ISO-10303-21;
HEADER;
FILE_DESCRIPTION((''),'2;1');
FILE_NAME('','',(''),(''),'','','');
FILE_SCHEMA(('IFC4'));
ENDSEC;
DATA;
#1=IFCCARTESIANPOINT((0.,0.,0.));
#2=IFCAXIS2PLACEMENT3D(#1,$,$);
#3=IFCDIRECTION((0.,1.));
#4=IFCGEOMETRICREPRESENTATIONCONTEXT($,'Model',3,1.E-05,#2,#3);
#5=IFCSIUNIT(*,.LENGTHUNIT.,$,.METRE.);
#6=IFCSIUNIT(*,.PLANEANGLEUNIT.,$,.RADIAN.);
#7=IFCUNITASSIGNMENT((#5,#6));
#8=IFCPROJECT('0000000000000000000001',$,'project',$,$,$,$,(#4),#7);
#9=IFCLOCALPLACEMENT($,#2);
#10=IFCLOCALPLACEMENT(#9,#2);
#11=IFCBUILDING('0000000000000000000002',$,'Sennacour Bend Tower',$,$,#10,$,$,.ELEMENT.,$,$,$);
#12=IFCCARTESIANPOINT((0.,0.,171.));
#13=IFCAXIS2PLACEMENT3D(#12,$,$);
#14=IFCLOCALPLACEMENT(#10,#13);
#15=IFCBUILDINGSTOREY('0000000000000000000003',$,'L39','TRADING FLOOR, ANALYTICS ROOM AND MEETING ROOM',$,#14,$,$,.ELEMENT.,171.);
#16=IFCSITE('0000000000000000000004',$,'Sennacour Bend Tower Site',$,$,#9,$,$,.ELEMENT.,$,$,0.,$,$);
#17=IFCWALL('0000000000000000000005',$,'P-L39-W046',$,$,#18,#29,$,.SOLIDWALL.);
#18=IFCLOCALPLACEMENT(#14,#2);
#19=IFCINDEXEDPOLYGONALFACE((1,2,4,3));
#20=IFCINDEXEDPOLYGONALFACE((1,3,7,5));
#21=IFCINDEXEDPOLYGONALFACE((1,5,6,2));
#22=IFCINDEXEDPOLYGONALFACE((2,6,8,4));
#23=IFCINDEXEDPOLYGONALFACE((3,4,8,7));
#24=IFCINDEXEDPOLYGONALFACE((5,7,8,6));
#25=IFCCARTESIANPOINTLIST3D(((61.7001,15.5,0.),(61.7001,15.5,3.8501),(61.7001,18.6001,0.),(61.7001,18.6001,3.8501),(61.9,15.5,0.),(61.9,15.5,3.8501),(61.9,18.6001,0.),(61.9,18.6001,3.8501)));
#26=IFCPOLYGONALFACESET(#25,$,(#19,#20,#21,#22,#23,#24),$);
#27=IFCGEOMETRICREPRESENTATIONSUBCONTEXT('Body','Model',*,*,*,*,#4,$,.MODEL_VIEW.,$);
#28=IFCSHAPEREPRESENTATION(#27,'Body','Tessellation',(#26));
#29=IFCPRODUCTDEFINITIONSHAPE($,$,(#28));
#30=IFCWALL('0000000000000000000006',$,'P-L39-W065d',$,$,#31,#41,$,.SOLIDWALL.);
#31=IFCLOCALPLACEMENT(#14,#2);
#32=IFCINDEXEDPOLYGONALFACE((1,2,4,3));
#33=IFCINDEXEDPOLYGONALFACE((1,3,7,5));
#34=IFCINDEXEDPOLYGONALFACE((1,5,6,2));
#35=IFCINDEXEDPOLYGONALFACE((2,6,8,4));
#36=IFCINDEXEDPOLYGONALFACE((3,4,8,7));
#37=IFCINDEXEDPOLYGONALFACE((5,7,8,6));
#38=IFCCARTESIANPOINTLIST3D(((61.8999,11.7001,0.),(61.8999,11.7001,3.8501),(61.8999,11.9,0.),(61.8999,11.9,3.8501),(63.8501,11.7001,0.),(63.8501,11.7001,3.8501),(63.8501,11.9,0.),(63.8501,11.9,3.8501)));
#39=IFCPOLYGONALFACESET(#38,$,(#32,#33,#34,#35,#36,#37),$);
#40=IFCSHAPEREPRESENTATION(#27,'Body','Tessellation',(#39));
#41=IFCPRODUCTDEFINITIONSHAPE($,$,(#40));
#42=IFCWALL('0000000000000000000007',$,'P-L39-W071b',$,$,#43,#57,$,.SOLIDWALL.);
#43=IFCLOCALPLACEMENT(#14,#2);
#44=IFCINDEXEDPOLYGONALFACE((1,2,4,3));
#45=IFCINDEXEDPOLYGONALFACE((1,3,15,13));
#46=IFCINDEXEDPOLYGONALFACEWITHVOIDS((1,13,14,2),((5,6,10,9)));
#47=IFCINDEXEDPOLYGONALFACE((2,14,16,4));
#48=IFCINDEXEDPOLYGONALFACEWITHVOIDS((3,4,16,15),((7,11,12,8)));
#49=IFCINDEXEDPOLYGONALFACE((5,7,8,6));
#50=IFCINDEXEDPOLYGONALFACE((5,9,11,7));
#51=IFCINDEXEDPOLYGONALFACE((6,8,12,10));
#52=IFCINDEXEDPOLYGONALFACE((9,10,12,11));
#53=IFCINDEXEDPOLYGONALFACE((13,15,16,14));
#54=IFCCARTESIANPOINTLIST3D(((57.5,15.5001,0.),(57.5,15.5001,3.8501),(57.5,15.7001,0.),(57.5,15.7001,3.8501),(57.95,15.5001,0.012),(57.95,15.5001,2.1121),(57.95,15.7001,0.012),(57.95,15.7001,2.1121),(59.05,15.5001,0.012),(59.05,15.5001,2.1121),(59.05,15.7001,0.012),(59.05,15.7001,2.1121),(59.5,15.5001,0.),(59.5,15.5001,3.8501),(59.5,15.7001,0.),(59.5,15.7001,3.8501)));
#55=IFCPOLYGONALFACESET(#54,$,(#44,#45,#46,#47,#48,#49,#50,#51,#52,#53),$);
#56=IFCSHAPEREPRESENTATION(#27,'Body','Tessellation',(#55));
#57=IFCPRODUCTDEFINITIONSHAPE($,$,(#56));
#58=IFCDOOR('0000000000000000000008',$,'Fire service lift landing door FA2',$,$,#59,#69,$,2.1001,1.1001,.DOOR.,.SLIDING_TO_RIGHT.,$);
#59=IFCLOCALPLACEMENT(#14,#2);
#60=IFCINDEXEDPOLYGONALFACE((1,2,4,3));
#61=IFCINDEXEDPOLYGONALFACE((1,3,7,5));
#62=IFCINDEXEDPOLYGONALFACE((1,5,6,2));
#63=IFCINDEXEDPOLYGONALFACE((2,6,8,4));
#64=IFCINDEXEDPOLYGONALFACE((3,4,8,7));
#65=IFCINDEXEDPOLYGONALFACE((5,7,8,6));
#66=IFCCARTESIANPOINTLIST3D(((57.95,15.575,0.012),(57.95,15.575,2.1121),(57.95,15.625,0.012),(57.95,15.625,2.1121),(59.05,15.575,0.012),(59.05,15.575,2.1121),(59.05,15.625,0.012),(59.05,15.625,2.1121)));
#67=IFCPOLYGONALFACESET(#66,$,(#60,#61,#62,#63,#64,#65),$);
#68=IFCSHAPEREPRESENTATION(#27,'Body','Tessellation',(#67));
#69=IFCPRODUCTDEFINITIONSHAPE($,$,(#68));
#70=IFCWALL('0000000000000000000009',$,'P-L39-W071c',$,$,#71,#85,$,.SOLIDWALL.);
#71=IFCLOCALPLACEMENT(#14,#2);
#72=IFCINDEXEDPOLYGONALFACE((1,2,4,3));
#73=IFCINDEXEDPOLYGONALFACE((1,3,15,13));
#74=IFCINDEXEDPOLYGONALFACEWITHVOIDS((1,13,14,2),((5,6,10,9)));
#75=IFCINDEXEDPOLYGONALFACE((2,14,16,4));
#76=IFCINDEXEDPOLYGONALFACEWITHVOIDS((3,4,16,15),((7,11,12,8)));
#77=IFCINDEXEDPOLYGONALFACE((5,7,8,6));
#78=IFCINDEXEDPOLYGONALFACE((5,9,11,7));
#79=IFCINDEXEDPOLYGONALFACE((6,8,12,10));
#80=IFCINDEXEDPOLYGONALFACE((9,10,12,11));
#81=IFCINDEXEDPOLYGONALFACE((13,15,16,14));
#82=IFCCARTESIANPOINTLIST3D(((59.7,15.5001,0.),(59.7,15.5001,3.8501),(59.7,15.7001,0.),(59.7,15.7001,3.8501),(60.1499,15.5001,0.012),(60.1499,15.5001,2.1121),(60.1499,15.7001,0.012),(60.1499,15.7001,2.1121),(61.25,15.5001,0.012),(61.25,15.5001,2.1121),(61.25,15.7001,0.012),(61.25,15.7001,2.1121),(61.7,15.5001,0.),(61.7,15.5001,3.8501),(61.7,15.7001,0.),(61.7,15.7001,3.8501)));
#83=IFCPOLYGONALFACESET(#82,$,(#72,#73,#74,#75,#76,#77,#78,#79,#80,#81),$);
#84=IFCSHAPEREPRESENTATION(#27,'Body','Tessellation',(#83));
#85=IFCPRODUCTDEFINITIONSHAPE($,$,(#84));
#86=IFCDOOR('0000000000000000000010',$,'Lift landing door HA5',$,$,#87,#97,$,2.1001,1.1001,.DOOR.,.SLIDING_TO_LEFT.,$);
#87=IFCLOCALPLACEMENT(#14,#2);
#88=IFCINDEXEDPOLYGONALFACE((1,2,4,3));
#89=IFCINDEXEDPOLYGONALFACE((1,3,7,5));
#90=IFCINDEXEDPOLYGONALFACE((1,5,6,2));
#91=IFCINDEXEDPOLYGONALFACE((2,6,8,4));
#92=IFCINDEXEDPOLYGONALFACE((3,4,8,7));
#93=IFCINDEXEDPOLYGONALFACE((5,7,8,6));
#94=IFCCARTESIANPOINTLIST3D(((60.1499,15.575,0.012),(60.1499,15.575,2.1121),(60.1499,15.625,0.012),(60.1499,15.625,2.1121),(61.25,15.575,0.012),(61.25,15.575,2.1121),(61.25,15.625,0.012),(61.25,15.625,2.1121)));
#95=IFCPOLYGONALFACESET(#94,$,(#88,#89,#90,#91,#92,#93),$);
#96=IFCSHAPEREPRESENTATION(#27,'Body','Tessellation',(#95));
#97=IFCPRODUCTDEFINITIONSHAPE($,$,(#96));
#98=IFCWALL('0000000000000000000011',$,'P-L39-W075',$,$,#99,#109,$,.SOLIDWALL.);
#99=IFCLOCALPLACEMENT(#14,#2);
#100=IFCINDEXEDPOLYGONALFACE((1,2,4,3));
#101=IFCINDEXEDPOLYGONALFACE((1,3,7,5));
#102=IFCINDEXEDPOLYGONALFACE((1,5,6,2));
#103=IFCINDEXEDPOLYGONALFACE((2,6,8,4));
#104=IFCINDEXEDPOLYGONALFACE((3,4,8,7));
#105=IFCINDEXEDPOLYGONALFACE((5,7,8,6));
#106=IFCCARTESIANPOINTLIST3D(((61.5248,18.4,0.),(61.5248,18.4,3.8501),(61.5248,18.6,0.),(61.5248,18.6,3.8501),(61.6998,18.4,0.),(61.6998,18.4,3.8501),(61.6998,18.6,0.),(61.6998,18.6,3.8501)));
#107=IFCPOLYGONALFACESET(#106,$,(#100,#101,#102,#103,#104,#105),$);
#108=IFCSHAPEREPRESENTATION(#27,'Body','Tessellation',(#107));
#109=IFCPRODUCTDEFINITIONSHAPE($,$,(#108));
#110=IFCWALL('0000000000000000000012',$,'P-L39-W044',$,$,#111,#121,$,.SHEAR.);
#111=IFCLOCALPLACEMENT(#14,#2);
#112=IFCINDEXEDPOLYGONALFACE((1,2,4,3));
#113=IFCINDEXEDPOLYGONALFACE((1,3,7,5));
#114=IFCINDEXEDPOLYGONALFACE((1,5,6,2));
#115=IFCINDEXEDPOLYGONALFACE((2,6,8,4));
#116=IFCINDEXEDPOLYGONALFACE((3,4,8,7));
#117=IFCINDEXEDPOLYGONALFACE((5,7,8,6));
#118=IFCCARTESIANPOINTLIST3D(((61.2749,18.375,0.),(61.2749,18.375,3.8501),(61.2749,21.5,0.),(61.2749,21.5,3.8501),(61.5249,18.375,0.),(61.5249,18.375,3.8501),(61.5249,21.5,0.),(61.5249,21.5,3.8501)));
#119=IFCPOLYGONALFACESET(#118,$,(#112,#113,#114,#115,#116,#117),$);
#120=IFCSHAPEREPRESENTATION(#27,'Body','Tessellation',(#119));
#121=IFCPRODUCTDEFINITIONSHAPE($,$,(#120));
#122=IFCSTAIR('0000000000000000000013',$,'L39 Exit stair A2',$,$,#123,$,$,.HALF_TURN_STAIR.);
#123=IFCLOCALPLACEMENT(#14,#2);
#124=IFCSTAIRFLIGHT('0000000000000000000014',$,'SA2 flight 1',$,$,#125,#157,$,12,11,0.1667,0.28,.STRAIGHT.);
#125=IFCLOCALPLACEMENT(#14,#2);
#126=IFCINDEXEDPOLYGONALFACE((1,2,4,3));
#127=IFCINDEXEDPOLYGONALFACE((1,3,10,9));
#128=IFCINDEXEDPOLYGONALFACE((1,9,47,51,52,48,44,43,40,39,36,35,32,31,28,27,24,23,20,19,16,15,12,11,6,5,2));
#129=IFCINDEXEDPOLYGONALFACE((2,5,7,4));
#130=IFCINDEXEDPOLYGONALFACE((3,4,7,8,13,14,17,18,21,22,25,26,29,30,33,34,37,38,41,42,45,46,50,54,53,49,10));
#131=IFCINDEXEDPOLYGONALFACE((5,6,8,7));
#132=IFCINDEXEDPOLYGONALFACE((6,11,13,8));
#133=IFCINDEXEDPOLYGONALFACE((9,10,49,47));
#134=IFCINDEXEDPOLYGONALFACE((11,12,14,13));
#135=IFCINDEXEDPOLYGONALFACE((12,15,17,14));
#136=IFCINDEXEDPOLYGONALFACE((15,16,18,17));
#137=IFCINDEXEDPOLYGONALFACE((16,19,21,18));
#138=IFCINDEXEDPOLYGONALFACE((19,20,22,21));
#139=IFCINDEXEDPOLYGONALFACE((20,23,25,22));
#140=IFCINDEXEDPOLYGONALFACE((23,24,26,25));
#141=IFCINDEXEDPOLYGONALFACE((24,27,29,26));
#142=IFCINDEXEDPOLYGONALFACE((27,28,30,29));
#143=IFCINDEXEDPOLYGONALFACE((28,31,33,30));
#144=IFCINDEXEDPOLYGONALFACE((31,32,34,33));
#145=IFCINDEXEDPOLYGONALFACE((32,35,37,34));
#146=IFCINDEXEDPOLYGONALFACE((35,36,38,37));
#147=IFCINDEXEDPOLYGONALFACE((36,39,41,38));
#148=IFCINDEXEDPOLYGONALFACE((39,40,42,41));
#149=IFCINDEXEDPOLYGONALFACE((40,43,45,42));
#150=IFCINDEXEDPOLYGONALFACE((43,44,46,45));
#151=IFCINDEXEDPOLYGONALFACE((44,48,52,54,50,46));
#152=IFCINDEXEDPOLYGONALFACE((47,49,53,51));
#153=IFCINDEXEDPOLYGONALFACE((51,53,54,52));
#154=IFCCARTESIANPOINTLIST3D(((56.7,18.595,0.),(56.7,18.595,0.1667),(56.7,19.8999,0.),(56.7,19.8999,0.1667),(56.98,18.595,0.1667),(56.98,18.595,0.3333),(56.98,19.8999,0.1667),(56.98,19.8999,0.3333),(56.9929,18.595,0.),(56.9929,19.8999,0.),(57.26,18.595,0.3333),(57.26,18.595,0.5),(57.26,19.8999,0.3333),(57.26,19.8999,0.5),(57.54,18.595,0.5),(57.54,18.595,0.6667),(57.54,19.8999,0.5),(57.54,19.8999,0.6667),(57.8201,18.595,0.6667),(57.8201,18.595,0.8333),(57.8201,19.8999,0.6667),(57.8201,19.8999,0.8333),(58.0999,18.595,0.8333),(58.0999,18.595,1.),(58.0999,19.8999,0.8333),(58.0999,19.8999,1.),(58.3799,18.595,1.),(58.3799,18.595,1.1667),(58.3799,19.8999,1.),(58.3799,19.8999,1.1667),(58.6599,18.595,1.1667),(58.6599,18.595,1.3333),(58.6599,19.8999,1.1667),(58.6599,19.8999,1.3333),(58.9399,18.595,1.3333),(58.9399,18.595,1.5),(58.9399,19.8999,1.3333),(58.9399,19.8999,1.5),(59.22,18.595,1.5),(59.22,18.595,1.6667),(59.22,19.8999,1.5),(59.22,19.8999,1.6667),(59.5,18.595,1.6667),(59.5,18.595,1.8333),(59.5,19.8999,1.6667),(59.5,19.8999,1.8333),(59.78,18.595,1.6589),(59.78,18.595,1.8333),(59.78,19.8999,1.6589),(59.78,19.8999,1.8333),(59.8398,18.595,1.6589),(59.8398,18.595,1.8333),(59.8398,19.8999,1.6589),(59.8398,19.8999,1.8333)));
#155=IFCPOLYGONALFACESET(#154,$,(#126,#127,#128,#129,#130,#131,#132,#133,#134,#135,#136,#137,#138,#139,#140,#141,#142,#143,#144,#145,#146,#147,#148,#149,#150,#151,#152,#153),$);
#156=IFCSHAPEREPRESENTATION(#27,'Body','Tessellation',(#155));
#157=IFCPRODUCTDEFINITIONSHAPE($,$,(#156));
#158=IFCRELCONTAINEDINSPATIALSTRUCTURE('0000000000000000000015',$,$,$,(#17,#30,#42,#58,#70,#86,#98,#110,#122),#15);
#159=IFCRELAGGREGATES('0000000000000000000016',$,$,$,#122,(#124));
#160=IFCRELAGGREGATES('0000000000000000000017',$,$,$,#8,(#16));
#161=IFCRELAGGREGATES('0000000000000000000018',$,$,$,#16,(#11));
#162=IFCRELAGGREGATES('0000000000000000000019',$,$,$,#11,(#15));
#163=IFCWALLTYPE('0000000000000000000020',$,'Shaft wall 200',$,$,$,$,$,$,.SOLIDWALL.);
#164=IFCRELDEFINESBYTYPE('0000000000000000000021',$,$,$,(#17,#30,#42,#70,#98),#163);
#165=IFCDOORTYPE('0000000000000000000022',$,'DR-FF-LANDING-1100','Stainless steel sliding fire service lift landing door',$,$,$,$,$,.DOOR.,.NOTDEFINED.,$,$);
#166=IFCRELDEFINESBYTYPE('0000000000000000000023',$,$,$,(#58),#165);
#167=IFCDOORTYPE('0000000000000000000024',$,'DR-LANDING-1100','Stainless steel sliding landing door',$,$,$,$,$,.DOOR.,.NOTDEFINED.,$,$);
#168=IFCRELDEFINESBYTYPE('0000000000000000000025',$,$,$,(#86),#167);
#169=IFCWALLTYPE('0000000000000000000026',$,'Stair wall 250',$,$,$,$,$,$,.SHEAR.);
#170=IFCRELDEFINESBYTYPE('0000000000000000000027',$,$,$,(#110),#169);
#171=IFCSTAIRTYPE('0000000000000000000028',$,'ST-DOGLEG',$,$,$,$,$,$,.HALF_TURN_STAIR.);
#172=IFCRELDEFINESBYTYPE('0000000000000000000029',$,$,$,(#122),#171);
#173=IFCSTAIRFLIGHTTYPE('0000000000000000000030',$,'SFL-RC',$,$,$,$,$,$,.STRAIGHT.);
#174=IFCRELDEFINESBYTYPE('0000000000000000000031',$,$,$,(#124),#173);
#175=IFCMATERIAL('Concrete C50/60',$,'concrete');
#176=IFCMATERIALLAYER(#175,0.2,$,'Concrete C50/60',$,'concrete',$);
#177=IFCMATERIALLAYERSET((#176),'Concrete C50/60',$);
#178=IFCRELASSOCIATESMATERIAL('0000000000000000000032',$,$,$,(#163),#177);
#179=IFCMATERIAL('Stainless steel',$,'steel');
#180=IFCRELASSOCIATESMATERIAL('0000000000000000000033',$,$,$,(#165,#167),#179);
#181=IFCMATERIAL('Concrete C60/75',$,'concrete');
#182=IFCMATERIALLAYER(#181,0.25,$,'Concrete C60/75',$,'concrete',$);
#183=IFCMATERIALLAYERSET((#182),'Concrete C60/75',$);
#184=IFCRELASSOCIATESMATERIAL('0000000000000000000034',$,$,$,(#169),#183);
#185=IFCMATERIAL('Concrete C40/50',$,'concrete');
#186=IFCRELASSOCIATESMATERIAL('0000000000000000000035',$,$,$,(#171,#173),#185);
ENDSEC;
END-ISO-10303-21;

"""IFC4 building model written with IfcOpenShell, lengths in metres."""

from ifc_helpers import new_model, si_unit, direction, frame, frame_2d, origin, place, context, subcontext, project, spatial, polyline, rectangle, outline, extrude, material, layer, layer_set, type_object, element, fill, aggregate, save


model = new_model("IFC4")

# Units and contexts
model_context = context("Model", 3, precision=1e-05, world=origin(), true_north=direction((0.0, 1.0)))
body_context = subcontext(model_context, "Body", "Model", "MODEL_VIEW")
ifc_project = project(units=[si_unit("LENGTHUNIT", "METRE"), si_unit("PLANEANGLEUNIT", "RADIAN")], contexts=[model_context])

# Site, building, storey
site_placement = place(None, origin())
site = spatial("IfcSite", under=ifc_project, at=site_placement, Name="Sennacour Bend Tower Site", CompositionType="ELEMENT", RefElevation=0.0)
building_placement = place(site_placement, origin())
building = spatial("IfcBuilding", under=site, at=building_placement, Name="Sennacour Bend Tower", CompositionType="ELEMENT")
storey_placement = place(building_placement, frame((0.0, 0.0, 171.0)))
storey = spatial("IfcBuildingStorey", under=building, at=storey_placement, Name="L39", Description="TRADING FLOOR, ANALYTICS ROOM AND MEETING ROOM", CompositionType="ELEMENT", Elevation=171.0)

# Walls
ifc_material_1 = material(Name="Concrete C50/60", Category="concrete")
ifc_layer_1 = layer(ifc_material_1, 0.2, Name="Concrete C50/60", Category="concrete")
ifc_layer_set_1 = layer_set([ifc_layer_1], Name="Concrete C50/60")
wall_type_1 = type_object("IfcWallType", Name="Shaft wall 200", PredefinedType="SOLIDWALL", material=ifc_layer_set_1)
wall_1_placement = place(storey_placement, frame((61.8, 15.5, 0.0), z_axis=(0.0, 0.0, 1.0), x_axis=(0.0, 1.0, 0.0)))
element("IfcWall", 1, at=wall_1_placement, inside=storey, type_object=wall_type_1, Name="P-L39-W046", PredefinedType="SOLIDWALL", context=body_context, shape_type="SweptSolid", body=[
    extrude(rectangle(XDim=3.1001, YDim=0.2, at=frame_2d((1.55, 0.0))), origin(), (0.0, 0.0, 1.0), 3.8501),
])
wall_2_placement = place(storey_placement, frame((61.8999, 11.8, 0.0), z_axis=(0.0, 0.0, 1.0), x_axis=(1.0, 0.0, 0.0)))
element("IfcWall", 2, at=wall_2_placement, inside=storey, type_object=wall_type_1, Name="P-L39-W065d", PredefinedType="SOLIDWALL", context=body_context, shape_type="SweptSolid", body=[
    extrude(rectangle(XDim=1.9502, YDim=0.2, at=frame_2d((0.9751, 0.0))), origin(), (0.0, 0.0, 1.0), 3.8501),
])

# Walls, openings, doors
wall_3_placement = place(storey_placement, frame((57.5, 15.6001, 0.0), z_axis=(0.0, 0.0, 1.0), x_axis=(1.0, 0.0, 0.0)))
wall_3 = element("IfcWall", 3, at=wall_3_placement, inside=storey, type_object=wall_type_1, Name="P-L39-W071b", PredefinedType="SOLIDWALL", context=body_context, shape_type="SweptSolid", body=[
    extrude(rectangle(XDim=2.0, YDim=0.2, at=frame_2d((1.0, 0.0))), origin(), (0.0, 0.0, 1.0), 3.8501),
])
opening_1_placement = place(wall_3_placement, frame((0.45, 0.0, 0.012)))
opening_1 = element("IfcOpeningElement", 4, at=opening_1_placement, cuts=wall_3, PredefinedType="OPENING", context=body_context, shape_type="SweptSolid", body=[
    extrude(rectangle(XDim=1.1001, YDim=2.1001, at=frame_2d((0.55, 1.05))), frame((0.0, 0.1099, 0.0), z_axis=(0.0, -1.0, 0.0), x_axis=(1.0, 0.0, 0.0)), (0.0, 0.0, 1.0), 0.22),
])
ifc_material_2 = material(Name="Stainless steel", Category="steel")
door_type_1 = type_object("IfcDoorType", Name="DR-FF-LANDING-1100", Description="Stainless steel sliding fire service lift landing door", OperationType="NOTDEFINED", PredefinedType="DOOR", material=ifc_material_2)
door_1_placement = place(opening_1_placement, origin())
door_1 = element("IfcDoor", 5, at=door_1_placement, inside=storey, type_object=door_type_1, Name="Fire service lift landing door FA2", OperationType="SLIDING_TO_RIGHT", OverallHeight=2.1001, OverallWidth=1.1001, PredefinedType="DOOR", context=body_context, shape_type="SweptSolid", body=[
    extrude(rectangle(XDim=1.1001, YDim=2.1001, at=frame_2d((0.55, 1.05))), frame((0.0, 0.0249, 0.0), z_axis=(0.0, -1.0, 0.0), x_axis=(1.0, 0.0, 0.0)), (0.0, 0.0, 1.0), 0.05),
])
fill(opening_1, door_1)
wall_4_placement = place(storey_placement, frame((59.7, 15.6001, 0.0), z_axis=(0.0, 0.0, 1.0), x_axis=(1.0, 0.0, 0.0)))
wall_4 = element("IfcWall", 6, at=wall_4_placement, inside=storey, type_object=wall_type_1, Name="P-L39-W071c", PredefinedType="SOLIDWALL", context=body_context, shape_type="SweptSolid", body=[
    extrude(rectangle(XDim=2.0, YDim=0.2, at=frame_2d((1.0, 0.0))), origin(), (0.0, 0.0, 1.0), 3.8501),
])
opening_2_placement = place(wall_4_placement, frame((0.45, 0.0, 0.012)))
opening_2 = element("IfcOpeningElement", 7, at=opening_2_placement, cuts=wall_4, PredefinedType="OPENING", context=body_context, shape_type="SweptSolid", body=[
    extrude(rectangle(XDim=1.1001, YDim=2.1001, at=frame_2d((0.55, 1.05))), frame((0.0, 0.1099, 0.0), z_axis=(0.0, -1.0, 0.0), x_axis=(1.0, 0.0, 0.0)), (0.0, 0.0, 1.0), 0.22),
])
door_type_2 = type_object("IfcDoorType", Name="DR-LANDING-1100", Description="Stainless steel sliding landing door", OperationType="NOTDEFINED", PredefinedType="DOOR", material=ifc_material_2)
door_2_placement = place(opening_2_placement, origin())
door_2 = element("IfcDoor", 8, at=door_2_placement, inside=storey, type_object=door_type_2, Name="Lift landing door HA5", OperationType="SLIDING_TO_LEFT", OverallHeight=2.1001, OverallWidth=1.1001, PredefinedType="DOOR", context=body_context, shape_type="SweptSolid", body=[
    extrude(rectangle(XDim=1.1001, YDim=2.1001, at=frame_2d((0.55, 1.05))), frame((0.0, 0.0249, 0.0), z_axis=(0.0, -1.0, 0.0), x_axis=(1.0, 0.0, 0.0)), (0.0, 0.0, 1.0), 0.05),
])
fill(opening_2, door_2)

# Walls
wall_5_placement = place(storey_placement, frame((61.5249, 18.5, 0.0), z_axis=(0.0, 0.0, 1.0), x_axis=(1.0, 0.0, 0.0)))
element("IfcWall", 9, at=wall_5_placement, inside=storey, type_object=wall_type_1, Name="P-L39-W075", PredefinedType="SOLIDWALL", context=body_context, shape_type="SweptSolid", body=[
    extrude(rectangle(XDim=0.175, YDim=0.2, at=frame_2d((0.0874, 0.0))), origin(), (0.0, 0.0, 1.0), 3.8501),
])
ifc_material_3 = material(Name="Concrete C60/75", Category="concrete")
ifc_layer_2 = layer(ifc_material_3, 0.25, Name="Concrete C60/75", Category="concrete")
ifc_layer_set_2 = layer_set([ifc_layer_2], Name="Concrete C60/75")
wall_type_2 = type_object("IfcWallType", Name="Stair wall 250", PredefinedType="SHEAR", material=ifc_layer_set_2)
wall_6_placement = place(storey_placement, frame((61.3999, 18.375, 0.0), z_axis=(0.0, 0.0, 1.0), x_axis=(0.0, 1.0, 0.0)))
element("IfcWall", 10, at=wall_6_placement, inside=storey, type_object=wall_type_2, Name="P-L39-W044", PredefinedType="SHEAR", context=body_context, shape_type="SweptSolid", body=[
    extrude(rectangle(XDim=3.125, YDim=0.25, at=frame_2d((1.5625, 0.0))), origin(), (0.0, 0.0, 1.0), 3.8501),
])

# Stair, stair flight
ifc_material_4 = material(Name="Concrete C40/50", Category="concrete")
stair_type = type_object("IfcStairType", Name="ST-DOGLEG", PredefinedType="HALF_TURN_STAIR", material=ifc_material_4)
stair_placement = place(storey_placement, origin())
stair = element("IfcStair", 11, at=stair_placement, inside=storey, type_object=stair_type, Name="L39 Exit stair A2", PredefinedType="HALF_TURN_STAIR")
stair_flight_type = type_object("IfcStairFlightType", Name="SFL-RC", PredefinedType="STRAIGHT", material=ifc_material_4)
stair_flight_1_placement = place(storey_placement, frame((56.7, 19.2476, 0.0), z_axis=(0.0, 0.0, 1.0), x_axis=(1.0, 0.0, 0.0)))
stair_flight_1 = element("IfcStairFlight", 12, at=stair_flight_1_placement, type_object=stair_flight_type, Name="SA2 flight 1", NumberOfRisers=12, NumberOfTreads=11, PredefinedType="STRAIGHT", RiserHeight=0.1667, TreadLength=0.28, context=body_context, shape_type="SweptSolid", body=[
    extrude(outline(polyline([(0.0, 0.0), (0.0, 0.1667), (0.28, 0.1667), (0.28, 0.3333), (0.5601, 0.3333), (0.5601, 0.5), (0.8401, 0.5), (0.8401, 0.6667), (1.1201, 0.6667), (1.1201, 0.8333), (1.3999, 0.8333), (1.3999, 1.0), (1.6799, 1.0), (1.6799, 1.1667), (1.96, 1.1667), (1.96, 1.3333), (2.24, 1.3333), (2.24, 1.5), (2.52, 1.5), (2.52, 1.6667), (2.8, 1.6667), (2.8, 1.8333), (3.0801, 1.8333), (3.1399, 1.8333), (3.1399, 1.6589), (3.0801, 1.6589), (0.293, 0.0), (0.0, 0.0)])), frame((0.0, 0.6523, 0.0), z_axis=(0.0, -1.0, 0.0), x_axis=(1.0, 0.0, 0.0)), (0.0, 0.0, 1.0), 1.3049),
])
aggregate(stair, [stair_flight_1])

save(model, "model.ifc")
